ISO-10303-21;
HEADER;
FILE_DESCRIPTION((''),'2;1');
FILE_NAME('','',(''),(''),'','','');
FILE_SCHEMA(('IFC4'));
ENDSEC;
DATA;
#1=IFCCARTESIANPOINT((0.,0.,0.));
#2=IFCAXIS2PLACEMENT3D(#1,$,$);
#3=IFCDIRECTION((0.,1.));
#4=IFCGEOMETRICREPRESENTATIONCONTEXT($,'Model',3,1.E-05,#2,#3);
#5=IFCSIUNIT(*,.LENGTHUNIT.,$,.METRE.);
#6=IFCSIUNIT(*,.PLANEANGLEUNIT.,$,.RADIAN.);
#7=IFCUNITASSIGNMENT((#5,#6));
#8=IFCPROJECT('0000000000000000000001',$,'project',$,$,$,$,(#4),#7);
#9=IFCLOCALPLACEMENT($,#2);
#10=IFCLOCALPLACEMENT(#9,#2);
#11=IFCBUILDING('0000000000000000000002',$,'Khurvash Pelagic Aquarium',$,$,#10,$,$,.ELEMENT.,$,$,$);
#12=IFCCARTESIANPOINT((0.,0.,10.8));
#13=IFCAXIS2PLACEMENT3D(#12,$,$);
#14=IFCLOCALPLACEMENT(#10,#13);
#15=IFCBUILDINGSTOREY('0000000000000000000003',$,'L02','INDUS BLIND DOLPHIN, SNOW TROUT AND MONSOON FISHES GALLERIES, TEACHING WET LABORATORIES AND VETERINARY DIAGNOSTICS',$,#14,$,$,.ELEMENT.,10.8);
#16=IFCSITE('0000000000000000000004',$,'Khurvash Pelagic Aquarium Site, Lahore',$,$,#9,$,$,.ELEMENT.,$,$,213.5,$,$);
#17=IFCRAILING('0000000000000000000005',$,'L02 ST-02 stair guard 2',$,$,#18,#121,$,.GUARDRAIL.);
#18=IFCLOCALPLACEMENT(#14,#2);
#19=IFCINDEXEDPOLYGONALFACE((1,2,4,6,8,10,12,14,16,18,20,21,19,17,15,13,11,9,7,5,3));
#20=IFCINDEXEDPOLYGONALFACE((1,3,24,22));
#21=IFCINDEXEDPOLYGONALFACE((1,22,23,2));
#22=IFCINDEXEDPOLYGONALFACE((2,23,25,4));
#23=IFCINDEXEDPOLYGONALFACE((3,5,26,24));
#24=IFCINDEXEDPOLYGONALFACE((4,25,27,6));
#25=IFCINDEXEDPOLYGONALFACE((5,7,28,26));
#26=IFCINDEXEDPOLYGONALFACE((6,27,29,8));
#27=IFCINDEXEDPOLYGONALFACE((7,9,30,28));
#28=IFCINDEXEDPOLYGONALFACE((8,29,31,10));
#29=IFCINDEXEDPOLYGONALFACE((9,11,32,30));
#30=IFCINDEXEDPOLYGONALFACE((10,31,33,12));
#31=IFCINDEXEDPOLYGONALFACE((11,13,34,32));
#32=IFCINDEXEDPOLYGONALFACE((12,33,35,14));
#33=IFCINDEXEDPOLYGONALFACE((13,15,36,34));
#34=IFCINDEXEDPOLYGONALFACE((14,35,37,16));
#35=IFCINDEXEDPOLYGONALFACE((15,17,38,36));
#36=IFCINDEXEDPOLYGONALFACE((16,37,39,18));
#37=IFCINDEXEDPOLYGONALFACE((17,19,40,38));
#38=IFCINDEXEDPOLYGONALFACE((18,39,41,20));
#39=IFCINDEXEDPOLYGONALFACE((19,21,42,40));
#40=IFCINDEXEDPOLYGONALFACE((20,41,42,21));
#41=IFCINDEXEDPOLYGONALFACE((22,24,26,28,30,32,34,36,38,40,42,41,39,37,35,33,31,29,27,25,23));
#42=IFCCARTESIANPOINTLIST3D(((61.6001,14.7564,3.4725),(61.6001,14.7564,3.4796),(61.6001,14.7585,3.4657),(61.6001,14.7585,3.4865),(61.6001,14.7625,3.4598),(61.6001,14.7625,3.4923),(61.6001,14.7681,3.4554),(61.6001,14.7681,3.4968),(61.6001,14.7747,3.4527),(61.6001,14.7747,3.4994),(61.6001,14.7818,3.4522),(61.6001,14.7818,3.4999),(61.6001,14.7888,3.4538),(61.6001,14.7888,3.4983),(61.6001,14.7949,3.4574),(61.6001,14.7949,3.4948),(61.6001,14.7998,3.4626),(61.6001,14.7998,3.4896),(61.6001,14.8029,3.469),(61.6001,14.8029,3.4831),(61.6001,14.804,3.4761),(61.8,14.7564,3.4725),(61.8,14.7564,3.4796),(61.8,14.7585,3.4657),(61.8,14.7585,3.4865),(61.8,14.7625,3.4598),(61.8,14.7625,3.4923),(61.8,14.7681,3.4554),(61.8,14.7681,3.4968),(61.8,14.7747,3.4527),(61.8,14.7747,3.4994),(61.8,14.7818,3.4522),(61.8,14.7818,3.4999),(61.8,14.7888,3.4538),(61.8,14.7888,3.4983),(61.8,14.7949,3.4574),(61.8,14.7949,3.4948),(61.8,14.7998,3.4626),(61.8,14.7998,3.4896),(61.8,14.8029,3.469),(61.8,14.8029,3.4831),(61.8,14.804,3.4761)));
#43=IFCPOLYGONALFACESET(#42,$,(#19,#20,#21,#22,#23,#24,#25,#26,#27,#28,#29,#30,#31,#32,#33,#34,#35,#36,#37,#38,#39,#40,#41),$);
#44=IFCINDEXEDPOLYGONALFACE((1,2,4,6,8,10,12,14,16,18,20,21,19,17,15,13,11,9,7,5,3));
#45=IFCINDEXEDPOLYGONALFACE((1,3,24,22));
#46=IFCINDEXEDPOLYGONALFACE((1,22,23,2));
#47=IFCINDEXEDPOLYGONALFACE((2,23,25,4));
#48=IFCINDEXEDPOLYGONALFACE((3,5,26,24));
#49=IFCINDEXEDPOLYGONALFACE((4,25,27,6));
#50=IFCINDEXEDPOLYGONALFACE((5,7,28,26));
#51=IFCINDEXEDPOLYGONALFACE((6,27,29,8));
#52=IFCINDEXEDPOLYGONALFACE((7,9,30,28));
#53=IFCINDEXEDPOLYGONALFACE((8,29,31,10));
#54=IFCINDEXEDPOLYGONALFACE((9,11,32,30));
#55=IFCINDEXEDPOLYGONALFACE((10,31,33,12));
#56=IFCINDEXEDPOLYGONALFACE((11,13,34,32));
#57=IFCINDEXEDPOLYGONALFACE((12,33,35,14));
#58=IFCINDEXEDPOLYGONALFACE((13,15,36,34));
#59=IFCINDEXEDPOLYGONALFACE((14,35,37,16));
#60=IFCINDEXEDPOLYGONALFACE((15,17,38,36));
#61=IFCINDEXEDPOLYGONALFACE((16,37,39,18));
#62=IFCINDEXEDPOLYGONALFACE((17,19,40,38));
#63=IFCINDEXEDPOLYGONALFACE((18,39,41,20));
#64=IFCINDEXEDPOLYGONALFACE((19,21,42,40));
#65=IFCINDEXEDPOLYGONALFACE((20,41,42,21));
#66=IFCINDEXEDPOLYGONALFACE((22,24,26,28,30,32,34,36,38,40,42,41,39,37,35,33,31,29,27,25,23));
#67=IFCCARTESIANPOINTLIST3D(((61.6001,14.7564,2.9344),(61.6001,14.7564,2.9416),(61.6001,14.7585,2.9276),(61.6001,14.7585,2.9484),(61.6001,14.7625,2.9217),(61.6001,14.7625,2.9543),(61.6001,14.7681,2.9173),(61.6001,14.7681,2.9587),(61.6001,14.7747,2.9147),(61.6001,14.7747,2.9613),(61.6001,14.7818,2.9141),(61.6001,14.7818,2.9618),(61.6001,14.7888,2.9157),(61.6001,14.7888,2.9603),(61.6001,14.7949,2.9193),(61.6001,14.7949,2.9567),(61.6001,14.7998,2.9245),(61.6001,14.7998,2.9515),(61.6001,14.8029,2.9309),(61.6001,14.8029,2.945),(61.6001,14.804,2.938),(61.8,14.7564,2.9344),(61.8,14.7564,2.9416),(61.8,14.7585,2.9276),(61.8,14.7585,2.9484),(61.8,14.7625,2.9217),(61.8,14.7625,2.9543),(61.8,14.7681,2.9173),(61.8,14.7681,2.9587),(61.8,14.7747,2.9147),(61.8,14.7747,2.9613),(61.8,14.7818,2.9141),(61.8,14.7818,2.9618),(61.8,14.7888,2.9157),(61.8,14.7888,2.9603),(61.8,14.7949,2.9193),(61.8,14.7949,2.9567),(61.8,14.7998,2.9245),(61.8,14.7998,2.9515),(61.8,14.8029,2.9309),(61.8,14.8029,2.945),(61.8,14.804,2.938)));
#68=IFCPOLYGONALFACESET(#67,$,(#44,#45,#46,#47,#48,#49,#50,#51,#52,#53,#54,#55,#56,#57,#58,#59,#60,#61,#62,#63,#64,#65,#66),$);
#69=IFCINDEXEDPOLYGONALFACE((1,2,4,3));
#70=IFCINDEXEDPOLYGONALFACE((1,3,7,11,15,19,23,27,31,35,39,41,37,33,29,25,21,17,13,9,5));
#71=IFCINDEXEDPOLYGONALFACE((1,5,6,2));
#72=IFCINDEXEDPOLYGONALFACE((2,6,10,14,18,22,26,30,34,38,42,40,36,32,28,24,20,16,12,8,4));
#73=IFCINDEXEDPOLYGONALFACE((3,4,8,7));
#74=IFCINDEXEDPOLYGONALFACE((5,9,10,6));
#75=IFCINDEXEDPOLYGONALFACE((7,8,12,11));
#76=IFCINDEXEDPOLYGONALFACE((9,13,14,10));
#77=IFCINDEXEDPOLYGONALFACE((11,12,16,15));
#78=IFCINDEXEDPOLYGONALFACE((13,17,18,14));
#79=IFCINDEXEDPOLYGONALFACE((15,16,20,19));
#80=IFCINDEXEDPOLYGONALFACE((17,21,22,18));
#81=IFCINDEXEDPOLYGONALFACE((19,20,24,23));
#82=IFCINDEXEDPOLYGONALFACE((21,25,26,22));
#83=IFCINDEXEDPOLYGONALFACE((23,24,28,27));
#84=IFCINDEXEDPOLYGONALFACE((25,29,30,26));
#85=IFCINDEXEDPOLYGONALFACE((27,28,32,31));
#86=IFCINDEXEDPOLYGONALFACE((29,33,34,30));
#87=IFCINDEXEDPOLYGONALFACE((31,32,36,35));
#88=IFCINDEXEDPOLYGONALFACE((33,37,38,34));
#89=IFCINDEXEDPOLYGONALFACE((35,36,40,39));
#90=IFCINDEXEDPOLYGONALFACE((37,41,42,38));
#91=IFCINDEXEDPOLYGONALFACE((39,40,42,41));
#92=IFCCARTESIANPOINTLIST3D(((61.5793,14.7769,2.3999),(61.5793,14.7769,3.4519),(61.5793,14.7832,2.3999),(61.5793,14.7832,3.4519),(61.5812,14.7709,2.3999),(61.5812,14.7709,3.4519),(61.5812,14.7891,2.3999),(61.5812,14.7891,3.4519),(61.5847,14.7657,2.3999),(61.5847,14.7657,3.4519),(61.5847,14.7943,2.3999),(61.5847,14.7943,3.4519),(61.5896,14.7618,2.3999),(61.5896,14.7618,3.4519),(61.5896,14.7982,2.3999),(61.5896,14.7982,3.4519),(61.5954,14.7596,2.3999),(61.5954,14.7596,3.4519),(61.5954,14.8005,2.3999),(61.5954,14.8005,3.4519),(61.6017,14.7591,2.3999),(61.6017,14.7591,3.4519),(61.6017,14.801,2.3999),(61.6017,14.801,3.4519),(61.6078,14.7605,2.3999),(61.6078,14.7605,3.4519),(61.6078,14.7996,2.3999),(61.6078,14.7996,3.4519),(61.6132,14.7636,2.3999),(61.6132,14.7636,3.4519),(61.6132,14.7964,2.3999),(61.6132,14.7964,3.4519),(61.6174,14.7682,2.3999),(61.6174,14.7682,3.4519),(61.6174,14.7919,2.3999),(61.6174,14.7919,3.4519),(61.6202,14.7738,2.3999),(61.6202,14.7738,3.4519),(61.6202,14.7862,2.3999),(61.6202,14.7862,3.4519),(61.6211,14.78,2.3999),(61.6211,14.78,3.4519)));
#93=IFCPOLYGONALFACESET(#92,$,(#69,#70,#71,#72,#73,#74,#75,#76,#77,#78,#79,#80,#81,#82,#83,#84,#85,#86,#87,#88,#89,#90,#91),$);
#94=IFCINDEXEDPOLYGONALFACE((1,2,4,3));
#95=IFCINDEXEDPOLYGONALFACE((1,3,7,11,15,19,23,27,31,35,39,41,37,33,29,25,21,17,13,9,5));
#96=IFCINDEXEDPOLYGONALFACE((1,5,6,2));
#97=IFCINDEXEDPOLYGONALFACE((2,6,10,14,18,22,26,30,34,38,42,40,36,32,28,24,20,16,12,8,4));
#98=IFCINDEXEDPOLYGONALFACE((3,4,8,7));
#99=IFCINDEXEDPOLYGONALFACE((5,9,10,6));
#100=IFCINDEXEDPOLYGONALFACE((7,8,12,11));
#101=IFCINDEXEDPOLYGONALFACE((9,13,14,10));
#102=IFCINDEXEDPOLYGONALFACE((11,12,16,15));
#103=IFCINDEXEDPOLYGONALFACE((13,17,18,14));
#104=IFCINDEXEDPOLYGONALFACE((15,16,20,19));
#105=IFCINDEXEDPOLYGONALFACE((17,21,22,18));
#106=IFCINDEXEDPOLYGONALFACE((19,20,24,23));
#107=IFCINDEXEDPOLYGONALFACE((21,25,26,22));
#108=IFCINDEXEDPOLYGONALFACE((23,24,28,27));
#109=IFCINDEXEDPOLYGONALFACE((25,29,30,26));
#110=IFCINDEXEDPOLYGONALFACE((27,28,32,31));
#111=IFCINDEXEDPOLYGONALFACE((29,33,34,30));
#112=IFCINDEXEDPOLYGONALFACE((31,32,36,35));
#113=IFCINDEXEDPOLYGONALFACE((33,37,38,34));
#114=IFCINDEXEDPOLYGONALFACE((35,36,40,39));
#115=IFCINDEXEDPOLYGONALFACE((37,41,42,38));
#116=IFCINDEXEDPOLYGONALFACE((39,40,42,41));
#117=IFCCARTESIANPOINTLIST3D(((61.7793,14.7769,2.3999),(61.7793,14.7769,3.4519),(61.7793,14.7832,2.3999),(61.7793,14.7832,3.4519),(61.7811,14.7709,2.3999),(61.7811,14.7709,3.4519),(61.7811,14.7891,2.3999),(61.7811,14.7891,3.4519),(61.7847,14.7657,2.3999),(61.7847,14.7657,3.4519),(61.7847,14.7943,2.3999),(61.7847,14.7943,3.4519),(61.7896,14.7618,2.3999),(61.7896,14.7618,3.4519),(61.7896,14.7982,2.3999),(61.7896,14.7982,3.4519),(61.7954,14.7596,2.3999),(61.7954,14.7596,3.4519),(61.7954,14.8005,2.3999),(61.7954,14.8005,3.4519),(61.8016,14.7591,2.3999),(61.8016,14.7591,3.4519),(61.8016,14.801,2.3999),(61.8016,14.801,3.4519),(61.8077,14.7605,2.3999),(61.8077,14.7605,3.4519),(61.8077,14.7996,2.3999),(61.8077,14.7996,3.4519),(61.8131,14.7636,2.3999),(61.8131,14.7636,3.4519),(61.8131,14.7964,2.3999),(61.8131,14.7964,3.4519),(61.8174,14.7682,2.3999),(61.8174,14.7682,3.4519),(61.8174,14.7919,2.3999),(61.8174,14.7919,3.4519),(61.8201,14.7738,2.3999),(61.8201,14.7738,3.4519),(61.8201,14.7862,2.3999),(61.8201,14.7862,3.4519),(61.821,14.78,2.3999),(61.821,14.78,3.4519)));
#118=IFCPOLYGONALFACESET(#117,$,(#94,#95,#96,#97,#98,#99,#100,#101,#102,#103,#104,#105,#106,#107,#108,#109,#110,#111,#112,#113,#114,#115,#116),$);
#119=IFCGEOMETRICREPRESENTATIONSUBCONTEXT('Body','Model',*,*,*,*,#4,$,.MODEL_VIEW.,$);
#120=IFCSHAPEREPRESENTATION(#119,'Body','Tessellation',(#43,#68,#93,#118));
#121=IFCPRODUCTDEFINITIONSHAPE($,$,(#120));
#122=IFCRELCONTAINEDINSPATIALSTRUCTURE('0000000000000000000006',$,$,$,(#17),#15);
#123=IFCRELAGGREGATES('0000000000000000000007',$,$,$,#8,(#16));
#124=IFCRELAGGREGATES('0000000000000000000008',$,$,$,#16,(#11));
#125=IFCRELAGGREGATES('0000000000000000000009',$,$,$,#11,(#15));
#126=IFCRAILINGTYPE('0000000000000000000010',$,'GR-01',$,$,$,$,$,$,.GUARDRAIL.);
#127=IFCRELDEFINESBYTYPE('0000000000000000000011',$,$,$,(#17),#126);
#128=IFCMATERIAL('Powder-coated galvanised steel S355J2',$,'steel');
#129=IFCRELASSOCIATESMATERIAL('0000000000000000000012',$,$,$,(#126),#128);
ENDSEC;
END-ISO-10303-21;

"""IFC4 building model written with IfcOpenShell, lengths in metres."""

from ifc_helpers import new_model, si_unit, direction, frame, origin, origin_2d, place, context, subcontext, project, spatial, circle, extrude, material, type_object, element, save


model = new_model("IFC4")

# Units and contexts
model_context = context("Model", 3, precision=1e-05, world=origin(), true_north=direction((0.0, 1.0)))
body_context = subcontext(model_context, "Body", "Model", "MODEL_VIEW")
ifc_project = project(units=[si_unit("LENGTHUNIT", "METRE"), si_unit("PLANEANGLEUNIT", "RADIAN")], contexts=[model_context])

# Site, building, storey
site_placement = place(None, origin())
site = spatial("IfcSite", under=ifc_project, at=site_placement, Name="Khurvash Pelagic Aquarium Site, Lahore", CompositionType="ELEMENT", RefElevation=213.5)
building_placement = place(site_placement, origin())
building = spatial("IfcBuilding", under=site, at=building_placement, Name="Khurvash Pelagic Aquarium", CompositionType="ELEMENT")
storey_placement = place(building_placement, frame((0.0, 0.0, 10.8)))
storey = spatial("IfcBuildingStorey", under=building, at=storey_placement, Name="L02", Description="INDUS BLIND DOLPHIN, SNOW TROUT AND MONSOON FISHES GALLERIES, TEACHING WET LABORATORIES AND VETERINARY DIAGNOSTICS", CompositionType="ELEMENT", Elevation=10.8)

# Railing
ifc_material_1 = material(Name="Powder-coated galvanised steel S355J2", Category="steel")
railing_type_1 = type_object("IfcRailingType", Name="GR-01", PredefinedType="GUARDRAIL", material=ifc_material_1)
railing_1_placement = place(storey_placement, frame((61.6001, 14.78, 2.3999)))
element("IfcRailing", 1, at=railing_1_placement, inside=storey, type_object=railing_type_1, Name="L02 ST-02 stair guard 2", PredefinedType="GUARDRAIL", context=body_context, shape_type="SweptSolid", body=[
    extrude(circle(Radius=0.0239, at=origin_2d()), frame((0.0, 0.0, 1.0762), z_axis=(1.0, 0.0, 0.0), x_axis=(0.0, 1.0, 0.0)), (0.0, 0.0, 1.0), 0.2),
    extrude(circle(Radius=0.0239, at=origin_2d()), frame((0.0, 0.0, 0.5381), z_axis=(1.0, 0.0, 0.0), x_axis=(0.0, 1.0, 0.0)), (0.0, 0.0, 1.0), 0.2),
    extrude(circle(Radius=0.021, at=origin_2d()), origin(), (0.0, 0.0, 1.0), 1.052),
    extrude(circle(Radius=0.021, at=origin_2d()), frame((0.2, 0.0, 0.0)), (0.0, 0.0, 1.0), 1.052),
])

save(model, "model.ifc")
